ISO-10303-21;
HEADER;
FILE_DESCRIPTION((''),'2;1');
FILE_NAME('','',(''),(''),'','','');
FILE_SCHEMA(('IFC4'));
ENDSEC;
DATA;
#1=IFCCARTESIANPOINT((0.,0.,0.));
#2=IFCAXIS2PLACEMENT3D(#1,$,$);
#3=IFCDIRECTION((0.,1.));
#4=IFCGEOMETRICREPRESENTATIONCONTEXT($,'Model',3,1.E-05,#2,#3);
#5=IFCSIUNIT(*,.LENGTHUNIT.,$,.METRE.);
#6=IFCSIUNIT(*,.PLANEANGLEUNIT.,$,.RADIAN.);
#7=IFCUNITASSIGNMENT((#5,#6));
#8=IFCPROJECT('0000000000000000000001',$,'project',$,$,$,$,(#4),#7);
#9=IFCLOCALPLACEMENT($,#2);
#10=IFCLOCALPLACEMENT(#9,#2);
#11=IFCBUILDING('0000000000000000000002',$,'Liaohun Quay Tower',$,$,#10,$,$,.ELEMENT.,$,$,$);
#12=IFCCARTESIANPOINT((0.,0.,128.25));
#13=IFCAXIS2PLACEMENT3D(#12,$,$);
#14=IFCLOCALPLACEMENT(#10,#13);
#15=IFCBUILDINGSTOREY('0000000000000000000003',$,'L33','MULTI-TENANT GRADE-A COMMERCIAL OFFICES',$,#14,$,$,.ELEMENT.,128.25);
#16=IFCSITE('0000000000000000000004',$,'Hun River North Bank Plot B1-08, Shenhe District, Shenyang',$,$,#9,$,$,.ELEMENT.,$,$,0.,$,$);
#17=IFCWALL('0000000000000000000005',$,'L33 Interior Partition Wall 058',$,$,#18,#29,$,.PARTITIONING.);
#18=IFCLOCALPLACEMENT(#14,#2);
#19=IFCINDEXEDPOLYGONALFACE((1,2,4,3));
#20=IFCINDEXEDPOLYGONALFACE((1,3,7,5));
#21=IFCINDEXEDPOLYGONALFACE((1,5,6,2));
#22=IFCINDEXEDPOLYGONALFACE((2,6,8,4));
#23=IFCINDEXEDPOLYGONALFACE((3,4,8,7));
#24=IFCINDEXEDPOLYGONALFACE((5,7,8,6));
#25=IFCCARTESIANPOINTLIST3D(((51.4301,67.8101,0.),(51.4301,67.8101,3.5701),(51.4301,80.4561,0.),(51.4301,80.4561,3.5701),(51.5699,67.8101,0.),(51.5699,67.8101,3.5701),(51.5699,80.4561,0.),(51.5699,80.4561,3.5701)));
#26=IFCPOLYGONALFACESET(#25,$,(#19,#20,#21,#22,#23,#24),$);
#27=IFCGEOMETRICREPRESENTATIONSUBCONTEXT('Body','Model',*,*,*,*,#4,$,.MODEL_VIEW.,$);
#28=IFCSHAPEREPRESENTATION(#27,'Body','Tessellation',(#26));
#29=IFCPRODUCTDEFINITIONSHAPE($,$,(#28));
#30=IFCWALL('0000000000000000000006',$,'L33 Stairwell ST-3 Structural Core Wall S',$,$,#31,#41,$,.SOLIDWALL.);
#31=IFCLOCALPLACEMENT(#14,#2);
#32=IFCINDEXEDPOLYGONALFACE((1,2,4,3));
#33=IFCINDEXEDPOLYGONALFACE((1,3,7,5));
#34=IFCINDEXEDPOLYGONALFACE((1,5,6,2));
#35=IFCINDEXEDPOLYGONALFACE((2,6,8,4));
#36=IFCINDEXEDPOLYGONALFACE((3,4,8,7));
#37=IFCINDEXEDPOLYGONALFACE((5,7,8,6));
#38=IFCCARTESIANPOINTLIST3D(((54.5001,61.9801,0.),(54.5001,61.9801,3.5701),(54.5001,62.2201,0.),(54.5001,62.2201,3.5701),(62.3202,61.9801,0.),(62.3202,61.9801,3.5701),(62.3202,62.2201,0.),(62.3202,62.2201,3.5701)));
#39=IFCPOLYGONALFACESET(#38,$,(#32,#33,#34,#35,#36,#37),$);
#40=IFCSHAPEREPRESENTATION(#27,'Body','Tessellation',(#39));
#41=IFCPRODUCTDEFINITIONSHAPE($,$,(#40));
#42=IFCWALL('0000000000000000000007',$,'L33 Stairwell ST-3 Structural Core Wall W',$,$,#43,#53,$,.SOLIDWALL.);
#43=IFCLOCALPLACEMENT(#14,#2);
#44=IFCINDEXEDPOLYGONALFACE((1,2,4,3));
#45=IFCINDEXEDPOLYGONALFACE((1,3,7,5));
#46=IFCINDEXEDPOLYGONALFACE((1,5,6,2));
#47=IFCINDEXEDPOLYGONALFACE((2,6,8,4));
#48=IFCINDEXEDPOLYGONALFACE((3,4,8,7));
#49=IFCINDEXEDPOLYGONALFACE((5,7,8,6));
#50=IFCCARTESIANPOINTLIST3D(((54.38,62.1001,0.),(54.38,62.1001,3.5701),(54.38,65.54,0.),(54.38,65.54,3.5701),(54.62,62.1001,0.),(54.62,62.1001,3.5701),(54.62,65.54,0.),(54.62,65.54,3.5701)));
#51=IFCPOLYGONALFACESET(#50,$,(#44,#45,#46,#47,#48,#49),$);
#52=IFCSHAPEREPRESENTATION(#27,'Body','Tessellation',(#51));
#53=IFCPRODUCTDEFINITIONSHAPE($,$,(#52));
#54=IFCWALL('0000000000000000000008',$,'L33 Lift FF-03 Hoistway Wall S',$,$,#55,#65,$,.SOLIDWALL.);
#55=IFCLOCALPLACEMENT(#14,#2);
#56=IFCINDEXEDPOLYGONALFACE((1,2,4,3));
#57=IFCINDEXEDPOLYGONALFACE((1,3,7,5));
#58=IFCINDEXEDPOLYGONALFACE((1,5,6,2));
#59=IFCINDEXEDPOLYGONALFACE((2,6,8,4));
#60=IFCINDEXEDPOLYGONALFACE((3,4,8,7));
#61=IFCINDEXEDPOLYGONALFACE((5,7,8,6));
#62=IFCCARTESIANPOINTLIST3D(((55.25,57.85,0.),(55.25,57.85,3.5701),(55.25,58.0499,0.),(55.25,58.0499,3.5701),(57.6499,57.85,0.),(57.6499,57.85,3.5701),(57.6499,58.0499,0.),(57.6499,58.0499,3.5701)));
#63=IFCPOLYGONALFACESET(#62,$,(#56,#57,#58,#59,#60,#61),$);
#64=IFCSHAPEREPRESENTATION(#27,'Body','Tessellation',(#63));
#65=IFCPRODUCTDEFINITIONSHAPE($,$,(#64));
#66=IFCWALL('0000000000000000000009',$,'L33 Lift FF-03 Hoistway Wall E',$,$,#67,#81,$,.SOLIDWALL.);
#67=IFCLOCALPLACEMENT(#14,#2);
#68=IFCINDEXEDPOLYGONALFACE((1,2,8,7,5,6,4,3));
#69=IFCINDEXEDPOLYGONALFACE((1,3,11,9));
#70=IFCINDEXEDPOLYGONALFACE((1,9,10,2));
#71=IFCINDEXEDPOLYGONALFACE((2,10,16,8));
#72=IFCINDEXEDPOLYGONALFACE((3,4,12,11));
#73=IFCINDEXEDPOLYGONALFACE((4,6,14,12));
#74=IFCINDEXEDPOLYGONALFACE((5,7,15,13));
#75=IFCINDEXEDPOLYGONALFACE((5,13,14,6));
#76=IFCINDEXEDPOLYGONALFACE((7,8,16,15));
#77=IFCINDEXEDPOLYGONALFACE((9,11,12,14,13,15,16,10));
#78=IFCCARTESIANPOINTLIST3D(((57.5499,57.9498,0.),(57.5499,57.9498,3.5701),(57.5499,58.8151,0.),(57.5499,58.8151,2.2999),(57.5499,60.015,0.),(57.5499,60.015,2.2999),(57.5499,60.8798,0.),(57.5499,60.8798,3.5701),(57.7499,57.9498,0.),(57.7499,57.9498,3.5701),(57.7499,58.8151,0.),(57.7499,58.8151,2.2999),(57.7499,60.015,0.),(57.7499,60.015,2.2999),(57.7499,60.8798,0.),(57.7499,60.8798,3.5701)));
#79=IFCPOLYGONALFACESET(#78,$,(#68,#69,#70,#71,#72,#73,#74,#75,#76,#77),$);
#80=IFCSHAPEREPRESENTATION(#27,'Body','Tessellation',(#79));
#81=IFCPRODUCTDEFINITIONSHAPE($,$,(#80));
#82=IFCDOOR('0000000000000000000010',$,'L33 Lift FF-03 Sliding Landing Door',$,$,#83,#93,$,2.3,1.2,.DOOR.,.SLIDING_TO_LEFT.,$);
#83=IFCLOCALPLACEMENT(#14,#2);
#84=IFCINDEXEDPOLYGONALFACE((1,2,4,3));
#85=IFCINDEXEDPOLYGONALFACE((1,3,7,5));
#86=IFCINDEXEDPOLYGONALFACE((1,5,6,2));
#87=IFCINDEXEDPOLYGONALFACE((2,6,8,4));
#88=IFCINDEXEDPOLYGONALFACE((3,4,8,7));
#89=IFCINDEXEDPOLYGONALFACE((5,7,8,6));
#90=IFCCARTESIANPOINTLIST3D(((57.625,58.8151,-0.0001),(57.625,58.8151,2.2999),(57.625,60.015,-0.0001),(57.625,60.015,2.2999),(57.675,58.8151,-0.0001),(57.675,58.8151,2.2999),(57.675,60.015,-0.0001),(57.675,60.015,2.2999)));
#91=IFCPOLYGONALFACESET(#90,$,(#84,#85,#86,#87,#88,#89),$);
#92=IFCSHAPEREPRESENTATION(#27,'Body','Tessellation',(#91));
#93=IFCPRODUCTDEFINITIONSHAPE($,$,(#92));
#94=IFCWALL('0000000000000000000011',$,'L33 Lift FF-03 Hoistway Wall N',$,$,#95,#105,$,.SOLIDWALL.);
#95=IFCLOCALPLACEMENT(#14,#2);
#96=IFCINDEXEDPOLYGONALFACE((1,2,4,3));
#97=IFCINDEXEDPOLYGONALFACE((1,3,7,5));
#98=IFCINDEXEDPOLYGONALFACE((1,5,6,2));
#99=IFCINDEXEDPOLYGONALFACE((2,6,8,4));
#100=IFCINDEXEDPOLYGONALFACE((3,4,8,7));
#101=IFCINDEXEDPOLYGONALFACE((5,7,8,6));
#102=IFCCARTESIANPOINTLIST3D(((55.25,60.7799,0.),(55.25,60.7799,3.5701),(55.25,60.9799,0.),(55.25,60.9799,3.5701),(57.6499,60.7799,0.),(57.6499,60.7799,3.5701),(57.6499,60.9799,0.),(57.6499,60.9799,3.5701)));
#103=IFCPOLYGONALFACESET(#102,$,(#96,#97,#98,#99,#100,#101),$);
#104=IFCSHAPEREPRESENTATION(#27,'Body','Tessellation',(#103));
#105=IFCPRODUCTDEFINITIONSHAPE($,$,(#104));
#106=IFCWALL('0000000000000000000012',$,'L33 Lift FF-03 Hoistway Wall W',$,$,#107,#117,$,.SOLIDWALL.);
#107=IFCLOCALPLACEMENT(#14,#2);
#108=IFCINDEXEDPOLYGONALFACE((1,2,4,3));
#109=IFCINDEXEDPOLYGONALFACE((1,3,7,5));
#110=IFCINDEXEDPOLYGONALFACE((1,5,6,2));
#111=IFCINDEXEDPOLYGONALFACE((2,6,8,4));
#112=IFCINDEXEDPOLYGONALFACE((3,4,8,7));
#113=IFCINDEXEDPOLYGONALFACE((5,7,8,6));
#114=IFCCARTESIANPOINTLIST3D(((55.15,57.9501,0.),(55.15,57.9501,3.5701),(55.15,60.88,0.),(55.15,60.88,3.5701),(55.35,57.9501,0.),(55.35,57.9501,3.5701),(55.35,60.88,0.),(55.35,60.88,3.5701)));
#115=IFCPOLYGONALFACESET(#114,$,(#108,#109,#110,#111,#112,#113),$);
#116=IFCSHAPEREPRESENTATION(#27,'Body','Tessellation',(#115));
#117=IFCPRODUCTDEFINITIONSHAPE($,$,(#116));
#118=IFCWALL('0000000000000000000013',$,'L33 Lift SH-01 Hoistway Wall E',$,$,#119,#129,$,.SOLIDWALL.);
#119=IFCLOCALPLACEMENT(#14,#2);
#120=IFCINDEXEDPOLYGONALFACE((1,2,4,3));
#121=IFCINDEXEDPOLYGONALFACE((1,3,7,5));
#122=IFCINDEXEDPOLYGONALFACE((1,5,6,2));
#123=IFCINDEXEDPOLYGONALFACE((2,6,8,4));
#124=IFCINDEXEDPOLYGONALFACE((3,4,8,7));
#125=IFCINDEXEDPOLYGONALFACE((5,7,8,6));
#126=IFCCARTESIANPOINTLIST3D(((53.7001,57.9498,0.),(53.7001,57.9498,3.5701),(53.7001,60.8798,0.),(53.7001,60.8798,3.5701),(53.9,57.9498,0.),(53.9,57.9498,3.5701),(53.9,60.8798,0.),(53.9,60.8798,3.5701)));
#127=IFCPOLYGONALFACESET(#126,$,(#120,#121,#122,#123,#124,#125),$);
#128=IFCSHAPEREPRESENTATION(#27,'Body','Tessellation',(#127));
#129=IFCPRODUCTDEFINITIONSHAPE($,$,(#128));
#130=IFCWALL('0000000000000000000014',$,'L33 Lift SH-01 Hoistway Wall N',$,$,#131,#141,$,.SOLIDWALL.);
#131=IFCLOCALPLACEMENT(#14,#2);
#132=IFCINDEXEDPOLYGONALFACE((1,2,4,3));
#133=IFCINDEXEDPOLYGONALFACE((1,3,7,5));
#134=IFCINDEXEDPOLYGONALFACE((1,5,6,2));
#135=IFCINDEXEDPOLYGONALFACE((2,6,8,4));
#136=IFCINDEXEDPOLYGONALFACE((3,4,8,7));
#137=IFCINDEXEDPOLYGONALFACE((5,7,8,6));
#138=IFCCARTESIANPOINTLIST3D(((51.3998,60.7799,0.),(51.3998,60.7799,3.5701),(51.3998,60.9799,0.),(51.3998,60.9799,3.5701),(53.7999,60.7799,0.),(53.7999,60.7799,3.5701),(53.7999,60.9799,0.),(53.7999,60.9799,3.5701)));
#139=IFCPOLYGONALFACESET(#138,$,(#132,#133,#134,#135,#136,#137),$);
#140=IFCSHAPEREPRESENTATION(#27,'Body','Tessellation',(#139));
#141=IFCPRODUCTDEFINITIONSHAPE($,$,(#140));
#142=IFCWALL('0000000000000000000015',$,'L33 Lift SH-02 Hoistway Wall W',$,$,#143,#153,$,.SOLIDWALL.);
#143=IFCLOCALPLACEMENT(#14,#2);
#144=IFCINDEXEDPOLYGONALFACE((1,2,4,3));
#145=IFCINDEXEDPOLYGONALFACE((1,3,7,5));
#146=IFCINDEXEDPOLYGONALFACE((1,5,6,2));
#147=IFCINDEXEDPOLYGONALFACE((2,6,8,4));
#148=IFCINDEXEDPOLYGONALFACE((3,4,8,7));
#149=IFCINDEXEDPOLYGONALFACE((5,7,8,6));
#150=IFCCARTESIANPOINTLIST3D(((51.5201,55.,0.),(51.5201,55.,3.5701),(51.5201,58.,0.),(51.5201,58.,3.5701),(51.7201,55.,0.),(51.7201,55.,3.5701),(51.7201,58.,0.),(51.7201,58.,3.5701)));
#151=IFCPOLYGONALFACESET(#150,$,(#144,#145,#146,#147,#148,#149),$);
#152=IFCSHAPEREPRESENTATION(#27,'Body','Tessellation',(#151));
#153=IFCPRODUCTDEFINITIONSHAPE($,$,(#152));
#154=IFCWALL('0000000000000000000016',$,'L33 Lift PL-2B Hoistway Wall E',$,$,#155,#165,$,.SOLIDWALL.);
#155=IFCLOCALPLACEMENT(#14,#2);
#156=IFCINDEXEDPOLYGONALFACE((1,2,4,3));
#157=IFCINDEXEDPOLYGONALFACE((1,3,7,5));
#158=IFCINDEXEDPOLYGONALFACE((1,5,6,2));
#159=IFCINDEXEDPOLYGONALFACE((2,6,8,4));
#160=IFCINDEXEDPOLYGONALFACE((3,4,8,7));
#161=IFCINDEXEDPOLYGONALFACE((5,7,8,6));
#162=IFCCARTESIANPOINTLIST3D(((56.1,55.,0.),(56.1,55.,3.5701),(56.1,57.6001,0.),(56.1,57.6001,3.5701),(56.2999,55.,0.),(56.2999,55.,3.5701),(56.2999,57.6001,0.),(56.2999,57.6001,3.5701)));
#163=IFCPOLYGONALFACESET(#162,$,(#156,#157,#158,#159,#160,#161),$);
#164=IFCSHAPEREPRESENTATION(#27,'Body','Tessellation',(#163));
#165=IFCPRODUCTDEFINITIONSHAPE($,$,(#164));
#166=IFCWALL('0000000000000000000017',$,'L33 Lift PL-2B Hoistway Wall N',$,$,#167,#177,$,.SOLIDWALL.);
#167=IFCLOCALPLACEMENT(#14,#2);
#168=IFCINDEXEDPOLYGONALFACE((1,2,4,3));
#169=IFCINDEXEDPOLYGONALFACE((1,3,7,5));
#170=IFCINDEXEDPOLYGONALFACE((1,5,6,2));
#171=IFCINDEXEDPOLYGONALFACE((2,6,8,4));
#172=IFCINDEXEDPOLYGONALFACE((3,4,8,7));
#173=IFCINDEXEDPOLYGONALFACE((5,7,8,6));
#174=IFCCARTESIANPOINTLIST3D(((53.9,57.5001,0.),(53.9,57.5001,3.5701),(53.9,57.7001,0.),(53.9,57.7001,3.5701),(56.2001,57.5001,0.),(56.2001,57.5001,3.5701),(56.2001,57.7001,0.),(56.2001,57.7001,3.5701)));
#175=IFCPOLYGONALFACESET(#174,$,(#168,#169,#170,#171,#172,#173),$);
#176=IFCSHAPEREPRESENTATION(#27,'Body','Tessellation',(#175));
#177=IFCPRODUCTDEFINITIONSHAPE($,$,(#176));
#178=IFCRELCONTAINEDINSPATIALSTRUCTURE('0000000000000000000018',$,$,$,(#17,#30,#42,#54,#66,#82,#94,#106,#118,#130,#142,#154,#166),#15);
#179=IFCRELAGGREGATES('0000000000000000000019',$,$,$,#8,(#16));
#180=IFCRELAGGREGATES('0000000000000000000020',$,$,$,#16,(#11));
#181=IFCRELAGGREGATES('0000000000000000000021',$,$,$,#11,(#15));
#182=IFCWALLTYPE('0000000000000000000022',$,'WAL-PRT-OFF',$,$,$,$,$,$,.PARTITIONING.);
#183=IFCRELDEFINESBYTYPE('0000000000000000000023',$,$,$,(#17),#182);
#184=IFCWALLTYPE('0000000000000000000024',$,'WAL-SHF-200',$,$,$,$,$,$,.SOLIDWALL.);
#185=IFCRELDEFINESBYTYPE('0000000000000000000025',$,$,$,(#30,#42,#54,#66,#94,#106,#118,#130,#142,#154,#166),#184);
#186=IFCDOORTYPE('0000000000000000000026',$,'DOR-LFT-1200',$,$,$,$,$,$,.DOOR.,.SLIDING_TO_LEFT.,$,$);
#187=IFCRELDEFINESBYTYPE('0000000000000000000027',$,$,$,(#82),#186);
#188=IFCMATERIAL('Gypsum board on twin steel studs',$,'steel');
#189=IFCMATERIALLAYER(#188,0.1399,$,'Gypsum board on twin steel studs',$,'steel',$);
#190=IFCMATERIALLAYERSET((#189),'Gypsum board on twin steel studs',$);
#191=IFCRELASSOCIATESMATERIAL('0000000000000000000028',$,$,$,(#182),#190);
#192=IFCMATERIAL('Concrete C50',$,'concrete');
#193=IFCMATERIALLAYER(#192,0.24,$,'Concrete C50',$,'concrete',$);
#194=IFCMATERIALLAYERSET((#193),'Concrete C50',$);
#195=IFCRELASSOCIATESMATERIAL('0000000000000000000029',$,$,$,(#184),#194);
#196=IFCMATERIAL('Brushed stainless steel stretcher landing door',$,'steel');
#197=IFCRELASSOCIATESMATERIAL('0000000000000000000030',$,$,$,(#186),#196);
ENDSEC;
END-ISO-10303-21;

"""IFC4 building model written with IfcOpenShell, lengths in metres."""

from ifc_helpers import new_model, si_unit, direction, frame, frame_2d, origin, place, context, subcontext, project, spatial, rectangle, extrude, source, transform, mapped, material, layer, layer_set, type_object, element, fill, save


model = new_model("IFC4")

# Units and contexts
model_context = context("Model", 3, precision=1e-05, world=origin(), true_north=direction((0.0, 1.0)))
body_context = subcontext(model_context, "Body", "Model", "MODEL_VIEW")
ifc_project = project(units=[si_unit("LENGTHUNIT", "METRE"), si_unit("PLANEANGLEUNIT", "RADIAN")], contexts=[model_context])

# Site, building, storey
site_placement = place(None, origin())
site = spatial("IfcSite", under=ifc_project, at=site_placement, Name="Hun River North Bank Plot B1-08, Shenhe District, Shenyang", CompositionType="ELEMENT", RefElevation=0.0)
building_placement = place(site_placement, origin())
building = spatial("IfcBuilding", under=site, at=building_placement, Name="Liaohun Quay Tower", CompositionType="ELEMENT")
storey_placement = place(building_placement, frame((0.0, 0.0, 128.25)))
storey = spatial("IfcBuildingStorey", under=building, at=storey_placement, Name="L33", Description="MULTI-TENANT GRADE-A COMMERCIAL OFFICES", CompositionType="ELEMENT", Elevation=128.25)

# Walls
ifc_material_1 = material(Name="Gypsum board on twin steel studs", Category="steel")
ifc_layer_1 = layer(ifc_material_1, 0.1399, Name="Gypsum board on twin steel studs", Category="steel")
ifc_layer_set_1 = layer_set([ifc_layer_1], Name="Gypsum board on twin steel studs")
wall_type_1 = type_object("IfcWallType", Name="WAL-PRT-OFF", PredefinedType="PARTITIONING", material=ifc_layer_set_1)
wall_1_placement = place(storey_placement, frame((51.5, 67.8101, 0.0), z_axis=(0.0, 0.0, 1.0), x_axis=(0.0, 1.0, 0.0)))
element("IfcWall", 1, at=wall_1_placement, inside=storey, type_object=wall_type_1, Name="L33 Interior Partition Wall 058", PredefinedType="PARTITIONING", context=body_context, shape_type="SweptSolid", body=[
    extrude(rectangle(XDim=12.646, YDim=0.1399, at=frame_2d((6.323, 0.0))), origin(), (0.0, 0.0, 1.0), 3.5701),
])
ifc_material_2 = material(Name="Concrete C50", Category="concrete")
ifc_layer_2 = layer(ifc_material_2, 0.24, Name="Concrete C50", Category="concrete")
ifc_layer_set_2 = layer_set([ifc_layer_2], Name="Concrete C50")
wall_type_2 = type_object("IfcWallType", Name="WAL-SHF-200", PredefinedType="SOLIDWALL", material=ifc_layer_set_2)
wall_2_placement = place(storey_placement, frame((54.5, 62.1001, 0.0), z_axis=(0.0, 0.0, 1.0), x_axis=(1.0, 0.0, 0.0)))
element("IfcWall", 2, at=wall_2_placement, inside=storey, type_object=wall_type_2, Name="L33 Stairwell ST-3 Structural Core Wall S", PredefinedType="SOLIDWALL", context=body_context, shape_type="SweptSolid", body=[
    extrude(rectangle(XDim=7.8201, YDim=0.24, at=frame_2d((3.9102, 0.0))), origin(), (0.0, 0.0, 1.0), 3.5701),
])
wall_3_placement = place(storey_placement, frame((54.5, 65.54, 0.0), z_axis=(0.0, 0.0, 1.0), x_axis=(0.0, -1.0, 0.0)))
element("IfcWall", 3, at=wall_3_placement, inside=storey, type_object=wall_type_2, Name="L33 Stairwell ST-3 Structural Core Wall W", PredefinedType="SOLIDWALL", context=body_context, shape_type="SweptSolid", body=[
    extrude(rectangle(XDim=3.4399, YDim=0.24, at=frame_2d((1.72, 0.0))), origin(), (0.0, 0.0, 1.0), 3.5701),
])
wall_4_placement = place(storey_placement, frame((55.25, 57.95, 0.0), z_axis=(0.0, 0.0, 1.0), x_axis=(1.0, 0.0, 0.0)))
element("IfcWall", 4, at=wall_4_placement, inside=storey, type_object=wall_type_2, Name="L33 Lift FF-03 Hoistway Wall S", PredefinedType="SOLIDWALL", context=body_context, shape_type="SweptSolid", body=[
    extrude(rectangle(XDim=2.3999, YDim=0.2, at=frame_2d((1.2, 0.0))), origin(), (0.0, 0.0, 1.0), 3.5701),
])

# Wall, opening, door
wall_5_placement = place(storey_placement, frame((57.6499, 57.95, 0.0), z_axis=(0.0, 0.0, 1.0), x_axis=(0.0, 1.0, 0.0)))
wall_5 = element("IfcWall", 5, at=wall_5_placement, inside=storey, type_object=wall_type_2, Name="L33 Lift FF-03 Hoistway Wall E", PredefinedType="SOLIDWALL", context=body_context, shape_type="SweptSolid", body=[
    extrude(rectangle(XDim=2.9299, YDim=0.2, at=frame_2d((1.4648, 0.0))), origin(), (0.0, 0.0, 1.0), 3.5701),
])
shared_shape_1 = source(origin(), body_context, "Body", "SweptSolid", [
    extrude(rectangle(XDim=1.2, YDim=2.3, at=frame_2d((0.6001, 1.1499))), frame((0.0, 0.1099, 0.0), z_axis=(0.0, -1.0, 0.0), x_axis=(1.0, 0.0, 0.0)), (0.0, 0.0, 1.0), 0.22),
])
opening_1_placement = place(wall_5_placement, frame((0.865, 0.0, 0.0)))
opening_1 = element("IfcOpeningElement", 6, at=opening_1_placement, cuts=wall_5, PredefinedType="OPENING", context=body_context, shape_type="MappedRepresentation", body=[
    mapped(shared_shape_1, transform((0.0, 0.0, 0.0), x_axis=(1.0, 0.0, 0.0), y_axis=(0.0, 1.0, 0.0), z_axis=(0.0, 0.0, 1.0), scale=1.0)),
])
ifc_material_3 = material(Name="Brushed stainless steel stretcher landing door", Category="steel")
door_type_1 = type_object("IfcDoorType", Name="DOR-LFT-1200", OperationType="SLIDING_TO_LEFT", PredefinedType="DOOR", material=ifc_material_3)
shared_shape_2 = source(origin(), body_context, "Body", "SweptSolid", [
    extrude(rectangle(XDim=1.2, YDim=2.3, at=frame_2d((0.6001, 1.1499))), frame((0.0, 0.0249, 0.0), z_axis=(0.0, -1.0, 0.0), x_axis=(1.0, 0.0, 0.0)), (0.0, 0.0, 1.0), 0.05),
])
door_1_placement = place(opening_1_placement, origin())
door_1 = element("IfcDoor", 7, at=door_1_placement, inside=storey, type_object=door_type_1, Name="L33 Lift FF-03 Sliding Landing Door", OperationType="SLIDING_TO_LEFT", OverallHeight=2.3, OverallWidth=1.2, PredefinedType="DOOR", context=body_context, shape_type="MappedRepresentation", body=[
    mapped(shared_shape_2, transform((0.0, 0.0, 0.0), x_axis=(1.0, 0.0, 0.0), y_axis=(0.0, 1.0, 0.0), z_axis=(0.0, 0.0, 1.0), scale=1.0)),
])
fill(opening_1, door_1)

# Walls
wall_6_placement = place(storey_placement, frame((57.6499, 60.8799, 0.0), z_axis=(0.0, 0.0, 1.0), x_axis=(-1.0, 0.0, 0.0)))
element("IfcWall", 8, at=wall_6_placement, inside=storey, type_object=wall_type_2, Name="L33 Lift FF-03 Hoistway Wall N", PredefinedType="SOLIDWALL", context=body_context, shape_type="SweptSolid", body=[
    extrude(rectangle(XDim=2.3999, YDim=0.2, at=frame_2d((1.2, 0.0))), origin(), (0.0, 0.0, 1.0), 3.5701),
])
for number, where, z_axis, x_axis, name in (
    (9, (55.25, 60.8799, 0.0), (0.0, 0.0, 1.0), (0.0, -1.0, 0.0), "L33 Lift FF-03 Hoistway Wall W"),
    (10, (53.8, 57.95, 0.0), (0.0, 0.0, 1.0), (0.0, 1.0, 0.0), "L33 Lift SH-01 Hoistway Wall E"),
):
    element("IfcWall", number, at=place(storey_placement, frame(where, z_axis=z_axis, x_axis=x_axis)), inside=storey, type_object=wall_type_2, Name=name, PredefinedType="SOLIDWALL", context=body_context, shape_type="SweptSolid", body=[
        extrude(rectangle(XDim=2.9299, YDim=0.2, at=frame_2d((1.4648, 0.0))), origin(), (0.0, 0.0, 1.0), 3.5701),
    ])
wall_7_placement = place(storey_placement, frame((53.8, 60.8799, 0.0), z_axis=(0.0, 0.0, 1.0), x_axis=(-1.0, 0.0, 0.0)))
element("IfcWall", 11, at=wall_7_placement, inside=storey, type_object=wall_type_2, Name="L33 Lift SH-01 Hoistway Wall N", PredefinedType="SOLIDWALL", context=body_context, shape_type="SweptSolid", body=[
    extrude(rectangle(XDim=2.4001, YDim=0.2, at=frame_2d((1.2002, 0.0))), origin(), (0.0, 0.0, 1.0), 3.5701),
])
wall_8_placement = place(storey_placement, frame((51.6201, 58.0, 0.0), z_axis=(0.0, 0.0, 1.0), x_axis=(0.0, -1.0, 0.0)))
element("IfcWall", 12, at=wall_8_placement, inside=storey, type_object=wall_type_2, Name="L33 Lift SH-02 Hoistway Wall W", PredefinedType="SOLIDWALL", context=body_context, shape_type="SweptSolid", body=[
    extrude(rectangle(XDim=3.0, YDim=0.2, at=frame_2d((1.5, 0.0))), origin(), (0.0, 0.0, 1.0), 3.5701),
])
wall_9_placement = place(storey_placement, frame((56.2, 55.0, 0.0), z_axis=(0.0, 0.0, 1.0), x_axis=(0.0, 1.0, 0.0)))
element("IfcWall", 13, at=wall_9_placement, inside=storey, type_object=wall_type_2, Name="L33 Lift PL-2B Hoistway Wall E", PredefinedType="SOLIDWALL", context=body_context, shape_type="SweptSolid", body=[
    extrude(rectangle(XDim=2.6001, YDim=0.2, at=frame_2d((1.3, 0.0))), origin(), (0.0, 0.0, 1.0), 3.5701),
])
wall_10_placement = place(storey_placement, frame((56.2, 57.6001, 0.0), z_axis=(0.0, 0.0, 1.0), x_axis=(-1.0, 0.0, 0.0)))
element("IfcWall", 14, at=wall_10_placement, inside=storey, type_object=wall_type_2, Name="L33 Lift PL-2B Hoistway Wall N", PredefinedType="SOLIDWALL", context=body_context, shape_type="SweptSolid", body=[
    extrude(rectangle(XDim=2.3, YDim=0.2, at=frame_2d((1.1499, 0.0))), origin(), (0.0, 0.0, 1.0), 3.5701),
])

save(model, "model.ifc")
